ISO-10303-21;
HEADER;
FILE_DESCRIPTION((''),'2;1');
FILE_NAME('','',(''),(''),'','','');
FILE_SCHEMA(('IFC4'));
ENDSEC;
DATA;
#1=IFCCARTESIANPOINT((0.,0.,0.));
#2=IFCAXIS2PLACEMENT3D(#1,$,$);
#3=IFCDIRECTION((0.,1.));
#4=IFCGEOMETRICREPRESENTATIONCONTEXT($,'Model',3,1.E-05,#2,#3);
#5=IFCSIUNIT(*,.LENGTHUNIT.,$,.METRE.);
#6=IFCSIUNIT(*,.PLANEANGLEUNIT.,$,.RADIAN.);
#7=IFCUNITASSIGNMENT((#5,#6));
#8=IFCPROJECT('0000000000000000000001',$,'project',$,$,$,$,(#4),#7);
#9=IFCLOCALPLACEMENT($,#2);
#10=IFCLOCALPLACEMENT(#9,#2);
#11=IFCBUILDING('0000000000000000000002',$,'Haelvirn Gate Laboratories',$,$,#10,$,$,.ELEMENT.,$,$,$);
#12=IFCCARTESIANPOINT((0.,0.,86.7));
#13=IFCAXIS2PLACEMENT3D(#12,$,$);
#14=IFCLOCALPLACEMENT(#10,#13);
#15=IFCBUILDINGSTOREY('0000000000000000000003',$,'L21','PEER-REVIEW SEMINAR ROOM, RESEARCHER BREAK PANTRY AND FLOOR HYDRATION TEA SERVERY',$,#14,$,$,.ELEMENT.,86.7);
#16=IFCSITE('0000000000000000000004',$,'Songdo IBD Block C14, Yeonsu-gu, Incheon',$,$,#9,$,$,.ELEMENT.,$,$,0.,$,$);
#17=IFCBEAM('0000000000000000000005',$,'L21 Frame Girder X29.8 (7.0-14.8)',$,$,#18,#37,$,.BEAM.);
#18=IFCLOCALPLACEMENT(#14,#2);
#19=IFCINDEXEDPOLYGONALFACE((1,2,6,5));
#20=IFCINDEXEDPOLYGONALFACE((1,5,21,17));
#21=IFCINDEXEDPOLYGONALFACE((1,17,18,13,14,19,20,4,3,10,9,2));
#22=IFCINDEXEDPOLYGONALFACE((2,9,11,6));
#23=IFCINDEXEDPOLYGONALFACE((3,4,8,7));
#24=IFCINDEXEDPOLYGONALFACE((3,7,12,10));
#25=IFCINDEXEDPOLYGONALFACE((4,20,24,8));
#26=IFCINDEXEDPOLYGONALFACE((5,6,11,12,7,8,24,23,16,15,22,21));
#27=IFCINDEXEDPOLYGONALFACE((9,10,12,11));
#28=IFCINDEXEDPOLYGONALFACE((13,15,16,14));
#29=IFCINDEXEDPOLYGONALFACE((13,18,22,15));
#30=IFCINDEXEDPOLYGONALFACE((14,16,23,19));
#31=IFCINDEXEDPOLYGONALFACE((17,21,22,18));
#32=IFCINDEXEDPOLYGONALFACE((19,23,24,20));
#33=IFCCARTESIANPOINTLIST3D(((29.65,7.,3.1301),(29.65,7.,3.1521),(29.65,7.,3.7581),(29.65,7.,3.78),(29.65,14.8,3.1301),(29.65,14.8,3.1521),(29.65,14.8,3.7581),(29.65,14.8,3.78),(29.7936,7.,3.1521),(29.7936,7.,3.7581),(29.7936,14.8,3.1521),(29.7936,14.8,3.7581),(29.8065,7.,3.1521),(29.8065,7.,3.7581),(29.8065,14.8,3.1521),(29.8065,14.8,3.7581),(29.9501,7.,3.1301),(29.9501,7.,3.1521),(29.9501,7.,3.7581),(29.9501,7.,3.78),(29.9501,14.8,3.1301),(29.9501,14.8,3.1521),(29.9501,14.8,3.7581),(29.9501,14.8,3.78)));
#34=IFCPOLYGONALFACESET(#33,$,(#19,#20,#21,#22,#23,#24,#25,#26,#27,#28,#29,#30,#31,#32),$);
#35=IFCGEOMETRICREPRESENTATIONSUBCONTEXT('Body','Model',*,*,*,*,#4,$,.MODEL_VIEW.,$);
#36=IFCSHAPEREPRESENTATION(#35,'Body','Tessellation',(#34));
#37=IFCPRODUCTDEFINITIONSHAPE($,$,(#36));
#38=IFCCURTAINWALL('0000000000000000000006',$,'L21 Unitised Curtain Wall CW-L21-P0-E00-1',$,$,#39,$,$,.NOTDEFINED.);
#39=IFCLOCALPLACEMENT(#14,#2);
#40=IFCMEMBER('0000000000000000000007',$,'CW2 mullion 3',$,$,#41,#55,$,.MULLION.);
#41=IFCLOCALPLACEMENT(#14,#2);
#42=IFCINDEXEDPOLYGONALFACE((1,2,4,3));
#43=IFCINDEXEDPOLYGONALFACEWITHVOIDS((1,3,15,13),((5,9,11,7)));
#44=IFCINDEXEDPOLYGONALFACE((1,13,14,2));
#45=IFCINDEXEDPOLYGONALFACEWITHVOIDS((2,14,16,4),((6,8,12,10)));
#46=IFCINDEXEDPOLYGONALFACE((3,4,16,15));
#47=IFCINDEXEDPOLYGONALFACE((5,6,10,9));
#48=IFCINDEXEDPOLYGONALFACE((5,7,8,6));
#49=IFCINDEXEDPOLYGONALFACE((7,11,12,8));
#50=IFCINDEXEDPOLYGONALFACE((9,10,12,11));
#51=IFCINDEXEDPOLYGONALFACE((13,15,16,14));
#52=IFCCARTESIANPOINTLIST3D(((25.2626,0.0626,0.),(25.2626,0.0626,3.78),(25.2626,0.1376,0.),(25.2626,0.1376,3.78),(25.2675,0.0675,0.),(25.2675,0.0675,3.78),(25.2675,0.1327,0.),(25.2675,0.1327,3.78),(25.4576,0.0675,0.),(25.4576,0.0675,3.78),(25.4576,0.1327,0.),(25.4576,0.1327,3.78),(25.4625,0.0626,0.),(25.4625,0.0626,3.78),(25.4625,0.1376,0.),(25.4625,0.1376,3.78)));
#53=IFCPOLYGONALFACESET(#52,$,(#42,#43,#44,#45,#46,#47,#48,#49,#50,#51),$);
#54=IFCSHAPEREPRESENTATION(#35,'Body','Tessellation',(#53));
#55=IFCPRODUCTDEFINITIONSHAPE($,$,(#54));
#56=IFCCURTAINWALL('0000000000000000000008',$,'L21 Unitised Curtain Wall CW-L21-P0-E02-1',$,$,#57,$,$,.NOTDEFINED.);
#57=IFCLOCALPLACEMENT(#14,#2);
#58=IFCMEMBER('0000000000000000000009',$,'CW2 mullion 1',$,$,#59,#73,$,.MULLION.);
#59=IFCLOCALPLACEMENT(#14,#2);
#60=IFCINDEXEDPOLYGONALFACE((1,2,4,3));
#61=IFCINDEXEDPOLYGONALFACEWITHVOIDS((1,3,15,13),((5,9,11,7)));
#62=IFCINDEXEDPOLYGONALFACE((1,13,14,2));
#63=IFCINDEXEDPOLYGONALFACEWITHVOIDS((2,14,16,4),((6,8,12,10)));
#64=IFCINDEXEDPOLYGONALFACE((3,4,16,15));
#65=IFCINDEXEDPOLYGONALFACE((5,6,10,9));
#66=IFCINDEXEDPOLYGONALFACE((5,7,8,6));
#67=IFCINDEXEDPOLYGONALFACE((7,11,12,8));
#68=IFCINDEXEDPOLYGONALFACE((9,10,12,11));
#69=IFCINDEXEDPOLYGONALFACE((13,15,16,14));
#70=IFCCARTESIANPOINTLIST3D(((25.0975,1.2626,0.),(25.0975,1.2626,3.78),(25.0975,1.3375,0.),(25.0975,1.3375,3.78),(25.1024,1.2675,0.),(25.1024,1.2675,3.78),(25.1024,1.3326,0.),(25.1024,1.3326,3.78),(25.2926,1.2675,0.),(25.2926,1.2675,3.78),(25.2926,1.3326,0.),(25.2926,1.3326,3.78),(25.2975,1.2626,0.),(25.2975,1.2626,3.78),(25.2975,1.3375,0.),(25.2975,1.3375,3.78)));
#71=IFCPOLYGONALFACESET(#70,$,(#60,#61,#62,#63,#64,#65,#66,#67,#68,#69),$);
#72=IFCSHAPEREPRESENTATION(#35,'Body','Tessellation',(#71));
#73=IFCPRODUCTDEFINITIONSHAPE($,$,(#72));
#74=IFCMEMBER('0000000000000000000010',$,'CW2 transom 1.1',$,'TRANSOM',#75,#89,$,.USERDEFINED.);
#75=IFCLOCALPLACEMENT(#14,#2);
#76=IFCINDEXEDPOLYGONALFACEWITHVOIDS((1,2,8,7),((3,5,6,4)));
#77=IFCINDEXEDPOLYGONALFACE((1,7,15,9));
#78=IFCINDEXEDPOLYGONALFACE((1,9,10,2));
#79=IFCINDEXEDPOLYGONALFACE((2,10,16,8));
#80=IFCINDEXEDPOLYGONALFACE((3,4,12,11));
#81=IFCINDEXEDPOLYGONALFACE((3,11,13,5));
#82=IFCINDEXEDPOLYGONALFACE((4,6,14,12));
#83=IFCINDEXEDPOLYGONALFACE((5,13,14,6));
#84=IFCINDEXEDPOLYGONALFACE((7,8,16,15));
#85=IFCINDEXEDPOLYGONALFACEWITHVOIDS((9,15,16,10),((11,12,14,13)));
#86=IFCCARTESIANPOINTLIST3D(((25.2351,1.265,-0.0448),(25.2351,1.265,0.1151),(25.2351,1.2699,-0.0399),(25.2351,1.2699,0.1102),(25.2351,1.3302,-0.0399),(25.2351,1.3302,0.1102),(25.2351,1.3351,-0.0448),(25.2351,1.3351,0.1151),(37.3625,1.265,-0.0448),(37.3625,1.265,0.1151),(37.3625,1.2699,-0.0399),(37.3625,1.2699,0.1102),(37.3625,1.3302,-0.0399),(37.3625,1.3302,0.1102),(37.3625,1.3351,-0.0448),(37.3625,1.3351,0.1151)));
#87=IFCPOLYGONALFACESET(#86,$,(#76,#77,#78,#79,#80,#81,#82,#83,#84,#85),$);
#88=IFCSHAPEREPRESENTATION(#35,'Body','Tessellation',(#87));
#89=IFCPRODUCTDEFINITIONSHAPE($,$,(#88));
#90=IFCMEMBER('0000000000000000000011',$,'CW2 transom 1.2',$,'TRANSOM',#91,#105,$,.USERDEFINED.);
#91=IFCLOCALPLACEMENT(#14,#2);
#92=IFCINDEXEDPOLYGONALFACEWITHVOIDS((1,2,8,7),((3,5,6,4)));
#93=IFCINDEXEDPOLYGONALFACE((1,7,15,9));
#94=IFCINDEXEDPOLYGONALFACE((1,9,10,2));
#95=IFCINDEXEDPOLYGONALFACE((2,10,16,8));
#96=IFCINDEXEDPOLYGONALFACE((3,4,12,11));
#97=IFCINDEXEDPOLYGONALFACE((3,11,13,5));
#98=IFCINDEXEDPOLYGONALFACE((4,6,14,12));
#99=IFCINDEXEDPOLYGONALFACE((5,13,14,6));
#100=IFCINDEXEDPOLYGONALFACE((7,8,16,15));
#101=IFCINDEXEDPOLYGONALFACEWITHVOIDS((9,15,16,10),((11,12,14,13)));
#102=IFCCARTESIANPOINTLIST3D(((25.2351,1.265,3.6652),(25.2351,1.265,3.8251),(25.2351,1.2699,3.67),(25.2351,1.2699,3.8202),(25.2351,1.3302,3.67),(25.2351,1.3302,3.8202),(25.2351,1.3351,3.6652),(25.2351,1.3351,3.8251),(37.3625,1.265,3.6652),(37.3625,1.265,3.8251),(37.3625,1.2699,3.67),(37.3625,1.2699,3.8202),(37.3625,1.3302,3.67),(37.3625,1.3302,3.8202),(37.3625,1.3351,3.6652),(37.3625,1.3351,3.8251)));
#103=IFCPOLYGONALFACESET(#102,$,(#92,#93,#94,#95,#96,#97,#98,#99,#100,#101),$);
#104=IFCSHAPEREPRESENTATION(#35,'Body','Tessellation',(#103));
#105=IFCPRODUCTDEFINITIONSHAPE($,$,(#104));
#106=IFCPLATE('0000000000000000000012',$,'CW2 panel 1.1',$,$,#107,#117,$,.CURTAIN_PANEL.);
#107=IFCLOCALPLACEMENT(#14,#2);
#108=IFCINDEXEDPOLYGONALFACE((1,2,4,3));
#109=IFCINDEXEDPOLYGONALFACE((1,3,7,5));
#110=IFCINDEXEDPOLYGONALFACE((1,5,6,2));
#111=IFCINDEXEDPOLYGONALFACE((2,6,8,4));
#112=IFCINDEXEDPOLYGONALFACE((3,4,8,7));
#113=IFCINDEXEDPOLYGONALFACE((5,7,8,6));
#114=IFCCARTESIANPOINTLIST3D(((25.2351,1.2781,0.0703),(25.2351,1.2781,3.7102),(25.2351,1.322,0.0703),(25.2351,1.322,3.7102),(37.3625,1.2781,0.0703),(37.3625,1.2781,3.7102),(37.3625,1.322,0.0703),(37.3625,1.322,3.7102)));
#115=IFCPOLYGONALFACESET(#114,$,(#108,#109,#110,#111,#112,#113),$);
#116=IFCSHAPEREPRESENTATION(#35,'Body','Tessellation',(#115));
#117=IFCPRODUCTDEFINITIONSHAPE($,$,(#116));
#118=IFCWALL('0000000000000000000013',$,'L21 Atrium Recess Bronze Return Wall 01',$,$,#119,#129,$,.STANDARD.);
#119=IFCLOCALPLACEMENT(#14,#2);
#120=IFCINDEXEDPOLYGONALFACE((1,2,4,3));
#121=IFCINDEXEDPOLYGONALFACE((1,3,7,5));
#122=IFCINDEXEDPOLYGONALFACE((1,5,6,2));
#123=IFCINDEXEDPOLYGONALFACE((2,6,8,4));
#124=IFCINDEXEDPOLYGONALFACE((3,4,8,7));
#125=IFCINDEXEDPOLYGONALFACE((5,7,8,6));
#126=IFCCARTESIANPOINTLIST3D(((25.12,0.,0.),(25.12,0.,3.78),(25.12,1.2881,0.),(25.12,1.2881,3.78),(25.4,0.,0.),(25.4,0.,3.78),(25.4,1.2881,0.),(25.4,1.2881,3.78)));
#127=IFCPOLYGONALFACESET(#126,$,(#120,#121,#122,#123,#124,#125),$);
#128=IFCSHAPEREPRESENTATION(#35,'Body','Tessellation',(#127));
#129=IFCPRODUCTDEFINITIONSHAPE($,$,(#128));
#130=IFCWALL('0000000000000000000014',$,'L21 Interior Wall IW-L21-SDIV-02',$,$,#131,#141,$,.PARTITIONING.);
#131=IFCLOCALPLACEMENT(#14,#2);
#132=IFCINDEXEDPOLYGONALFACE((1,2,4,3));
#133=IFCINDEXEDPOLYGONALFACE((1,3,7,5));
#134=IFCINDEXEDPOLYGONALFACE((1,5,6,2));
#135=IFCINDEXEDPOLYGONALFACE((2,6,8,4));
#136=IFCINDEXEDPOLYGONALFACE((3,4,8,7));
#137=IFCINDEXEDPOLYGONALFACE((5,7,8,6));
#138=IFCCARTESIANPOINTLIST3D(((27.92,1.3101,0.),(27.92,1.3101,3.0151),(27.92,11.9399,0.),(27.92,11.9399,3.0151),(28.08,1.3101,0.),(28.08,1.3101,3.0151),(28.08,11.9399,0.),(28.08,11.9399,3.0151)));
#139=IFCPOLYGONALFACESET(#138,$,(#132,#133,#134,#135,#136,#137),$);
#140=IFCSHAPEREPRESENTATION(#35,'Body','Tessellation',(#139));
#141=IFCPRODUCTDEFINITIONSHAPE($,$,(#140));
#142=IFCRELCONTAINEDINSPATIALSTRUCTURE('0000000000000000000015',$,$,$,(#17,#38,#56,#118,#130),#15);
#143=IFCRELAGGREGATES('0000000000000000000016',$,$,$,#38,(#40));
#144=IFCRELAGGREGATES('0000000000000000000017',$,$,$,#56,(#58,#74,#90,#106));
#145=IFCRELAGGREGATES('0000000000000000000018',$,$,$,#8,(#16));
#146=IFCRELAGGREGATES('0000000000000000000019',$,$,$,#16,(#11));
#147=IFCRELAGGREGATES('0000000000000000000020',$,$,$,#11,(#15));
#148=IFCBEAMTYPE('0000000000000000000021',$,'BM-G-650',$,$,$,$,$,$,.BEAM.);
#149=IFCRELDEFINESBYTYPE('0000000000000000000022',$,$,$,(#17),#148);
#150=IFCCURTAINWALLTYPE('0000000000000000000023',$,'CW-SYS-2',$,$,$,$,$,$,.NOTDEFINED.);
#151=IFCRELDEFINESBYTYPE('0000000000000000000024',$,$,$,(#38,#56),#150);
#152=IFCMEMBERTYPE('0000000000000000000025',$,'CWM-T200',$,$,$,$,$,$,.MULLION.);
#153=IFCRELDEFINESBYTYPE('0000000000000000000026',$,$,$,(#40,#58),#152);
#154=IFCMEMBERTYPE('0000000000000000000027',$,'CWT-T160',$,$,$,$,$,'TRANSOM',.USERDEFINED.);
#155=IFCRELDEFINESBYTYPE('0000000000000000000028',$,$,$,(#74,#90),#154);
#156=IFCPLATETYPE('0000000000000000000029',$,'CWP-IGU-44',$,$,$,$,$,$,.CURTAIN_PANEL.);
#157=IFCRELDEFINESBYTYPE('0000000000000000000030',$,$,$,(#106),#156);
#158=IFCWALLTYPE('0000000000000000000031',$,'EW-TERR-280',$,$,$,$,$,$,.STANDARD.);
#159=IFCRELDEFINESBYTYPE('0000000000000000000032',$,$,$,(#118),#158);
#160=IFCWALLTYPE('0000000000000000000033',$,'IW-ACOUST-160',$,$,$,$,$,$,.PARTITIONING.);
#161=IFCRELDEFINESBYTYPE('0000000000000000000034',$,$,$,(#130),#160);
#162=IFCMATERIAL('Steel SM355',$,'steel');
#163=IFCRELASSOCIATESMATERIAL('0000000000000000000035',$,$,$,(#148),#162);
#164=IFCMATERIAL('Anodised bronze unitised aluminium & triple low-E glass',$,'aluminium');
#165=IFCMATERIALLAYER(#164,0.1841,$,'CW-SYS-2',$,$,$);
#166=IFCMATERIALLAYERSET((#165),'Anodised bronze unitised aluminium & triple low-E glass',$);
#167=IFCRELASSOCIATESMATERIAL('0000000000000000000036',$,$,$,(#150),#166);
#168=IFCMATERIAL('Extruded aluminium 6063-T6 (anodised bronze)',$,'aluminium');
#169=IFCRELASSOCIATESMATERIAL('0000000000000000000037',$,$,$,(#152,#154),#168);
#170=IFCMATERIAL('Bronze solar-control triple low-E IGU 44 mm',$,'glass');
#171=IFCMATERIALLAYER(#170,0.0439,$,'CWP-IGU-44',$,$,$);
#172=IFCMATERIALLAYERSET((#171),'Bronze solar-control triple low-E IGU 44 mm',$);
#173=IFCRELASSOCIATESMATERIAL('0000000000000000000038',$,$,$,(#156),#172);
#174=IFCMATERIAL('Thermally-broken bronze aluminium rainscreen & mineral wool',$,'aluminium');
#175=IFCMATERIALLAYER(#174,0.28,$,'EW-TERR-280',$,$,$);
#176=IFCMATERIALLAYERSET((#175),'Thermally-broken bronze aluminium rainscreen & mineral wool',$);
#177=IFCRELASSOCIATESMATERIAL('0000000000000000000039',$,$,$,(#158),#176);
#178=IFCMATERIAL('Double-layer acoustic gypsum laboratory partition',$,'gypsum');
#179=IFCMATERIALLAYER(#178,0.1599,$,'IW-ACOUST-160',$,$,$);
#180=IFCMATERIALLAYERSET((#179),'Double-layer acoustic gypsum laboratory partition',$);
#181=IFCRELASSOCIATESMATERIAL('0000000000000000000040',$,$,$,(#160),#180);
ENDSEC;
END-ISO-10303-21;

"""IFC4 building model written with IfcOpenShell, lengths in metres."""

from ifc_helpers import new_model, si_unit, direction, frame, frame_2d, origin, origin_2d, place, context, subcontext, project, spatial, rectangle, hollow_rectangle, i_section, extrude, source, transform, mapped, material, layer, layer_set, material_profile, profile_set, type_object, type_shapes, element, aggregate, save


model = new_model("IFC4")

# Units and contexts
model_context = context("Model", 3, precision=1e-05, world=origin(), true_north=direction((0.0, 1.0)))
body_context = subcontext(model_context, "Body", "Model", "MODEL_VIEW")
ifc_project = project(units=[si_unit("LENGTHUNIT", "METRE"), si_unit("PLANEANGLEUNIT", "RADIAN")], contexts=[model_context])

# Site, building, storey
site_placement = place(None, origin())
site = spatial("IfcSite", under=ifc_project, at=site_placement, Name="Songdo IBD Block C14, Yeonsu-gu, Incheon", CompositionType="ELEMENT", RefElevation=0.0)
building_placement = place(site_placement, origin())
building = spatial("IfcBuilding", under=site, at=building_placement, Name="Haelvirn Gate Laboratories", CompositionType="ELEMENT")
storey_placement = place(building_placement, frame((0.0, 0.0, 86.7)))
storey = spatial("IfcBuildingStorey", under=building, at=storey_placement, Name="L21", Description="PEER-REVIEW SEMINAR ROOM, RESEARCHER BREAK PANTRY AND FLOOR HYDRATION TEA SERVERY", CompositionType="ELEMENT", Elevation=86.7)

# Beam
ifc_material_1 = material(Name="Steel SM355", Category="steel")
ifc_material_profile_1 = material_profile(ifc_material_1, i_section(OverallWidth=0.3, OverallDepth=0.6499, WebThickness=0.0129, FlangeThickness=0.022, at=origin_2d()), Name="H-650x300x13x22")
ifc_profile_set_1 = profile_set([ifc_material_profile_1], Name="Steel SM355")
beam_type_1 = type_object("IfcBeamType", Name="BM-G-650", PredefinedType="BEAM", material=ifc_profile_set_1)
shared_shape_1 = source(origin(), body_context, "Body", "SweptSolid", [
    extrude(i_section(OverallWidth=0.3, OverallDepth=0.6499, WebThickness=0.0129, FlangeThickness=0.022, at=origin_2d()), origin(), (0.0, 0.0, 1.0), 7.8),
])
type_shapes(beam_type_1, [shared_shape_1])
beam_placement = place(storey_placement, frame((29.8, 7.0, 3.4551), z_axis=(0.0, 1.0, 0.0), x_axis=(-1.0, 0.0, 0.0)))
element("IfcBeam", 1, at=beam_placement, inside=storey, type_object=beam_type_1, Name="L21 Frame Girder X29.8 (7.0-14.8)", PredefinedType="BEAM", context=body_context, shape_type="MappedRepresentation", body=[
    mapped(shared_shape_1, transform((0.0, 0.0, 0.0), scale=1.0)),
])

# Curtain wall, member
ifc_material_2 = material(Name="Anodised bronze unitised aluminium & triple low-E glass", Category="aluminium")
ifc_layer_1 = layer(ifc_material_2, 0.1841, Name="CW-SYS-2")
ifc_layer_set_1 = layer_set([ifc_layer_1], Name="Anodised bronze unitised aluminium & triple low-E glass")
curtain_wall_type = type_object("IfcCurtainWallType", Name="CW-SYS-2", PredefinedType="NOTDEFINED", material=ifc_layer_set_1)
curtain_wall_1_placement = place(storey_placement, origin())
curtain_wall_1 = element("IfcCurtainWall", 2, at=curtain_wall_1_placement, inside=storey, type_object=curtain_wall_type, Name="L21 Unitised Curtain Wall CW-L21-P0-E00-1", PredefinedType="NOTDEFINED")
ifc_material_3 = material(Name="Extruded aluminium 6063-T6 (anodised bronze)", Category="aluminium")
ifc_material_profile_2 = material_profile(ifc_material_3, hollow_rectangle(XDim=0.075, YDim=0.2, WallThickness=0.0049, at=origin_2d()), Name="CWM-200x75x5")
ifc_profile_set_2 = profile_set([ifc_material_profile_2], Name="Extruded aluminium 6063-T6 (anodised bronze)")
member_type_1 = type_object("IfcMemberType", Name="CWM-T200", PredefinedType="MULLION", material=ifc_profile_set_2)
shared_shape_2 = source(origin(), body_context, "Body", "SweptSolid", [
    extrude(hollow_rectangle(XDim=0.075, YDim=0.2, WallThickness=0.0049, at=origin_2d()), origin(), (0.0, 0.0, 1.0), 3.78),
])
type_shapes(member_type_1, [shared_shape_2])
member_1_placement = place(storey_placement, frame((25.3625, 0.1001, 0.0), z_axis=(0.0, 0.0, 1.0), x_axis=(0.0, 1.0, 0.0)))
member_1 = element("IfcMember", 3, at=member_1_placement, type_object=member_type_1, Name="CW2 mullion 3", PredefinedType="MULLION", context=body_context, shape_type="MappedRepresentation", body=[
    mapped(shared_shape_2, transform((0.0, 0.0, 0.0), scale=1.0)),
])
aggregate(curtain_wall_1, [member_1])

# Curtain wall, members, plate
curtain_wall_2_placement = place(storey_placement, origin())
curtain_wall_2 = element("IfcCurtainWall", 4, at=curtain_wall_2_placement, inside=storey, type_object=curtain_wall_type, Name="L21 Unitised Curtain Wall CW-L21-P0-E02-1", PredefinedType="NOTDEFINED")
member_2_placement = place(storey_placement, frame((25.1975, 1.3, 0.0), z_axis=(0.0, 0.0, 1.0), x_axis=(0.0, 1.0, 0.0)))
member_2 = element("IfcMember", 5, at=member_2_placement, type_object=member_type_1, Name="CW2 mullion 1", PredefinedType="MULLION", context=body_context, shape_type="MappedRepresentation", body=[
    mapped(shared_shape_2, transform((0.0, 0.0, 0.0), scale=1.0)),
])
ifc_material_profile_3 = material_profile(ifc_material_3, hollow_rectangle(XDim=0.0701, YDim=0.1599, WallThickness=0.0049, at=origin_2d()), Name="CWT-160x70x5")
ifc_profile_set_3 = profile_set([ifc_material_profile_3], Name="Extruded aluminium 6063-T6 (anodised bronze)")
member_type_2 = type_object("IfcMemberType", Name="CWT-T160", ElementType="TRANSOM", PredefinedType="USERDEFINED", material=ifc_profile_set_3)
shared_shape_3 = source(origin(), body_context, "Body", "SweptSolid", [
    extrude(hollow_rectangle(XDim=0.0701, YDim=0.1599, WallThickness=0.0049, at=origin_2d()), origin(), (0.0, 0.0, 1.0), 12.1274),
])
type_shapes(member_type_2, [shared_shape_3])
member_3_placement = place(storey_placement, frame((25.2351, 1.3, 0.0352), z_axis=(1.0, 0.0, 0.0), x_axis=(0.0, 1.0, 0.0)))
member_3 = element("IfcMember", 6, at=member_3_placement, type_object=member_type_2, Name="CW2 transom 1.1", ObjectType="TRANSOM", PredefinedType="USERDEFINED", context=body_context, shape_type="MappedRepresentation", body=[
    mapped(shared_shape_3, transform((0.0, 0.0, 0.0), scale=1.0)),
])
member_4_placement = place(storey_placement, frame((25.2351, 1.3, 3.7451), z_axis=(1.0, 0.0, 0.0), x_axis=(0.0, 1.0, 0.0)))
member_4 = element("IfcMember", 7, at=member_4_placement, type_object=member_type_2, Name="CW2 transom 1.2", ObjectType="TRANSOM", PredefinedType="USERDEFINED", context=body_context, shape_type="MappedRepresentation", body=[
    mapped(shared_shape_3, transform((0.0, 0.0, 0.0), scale=1.0)),
])
ifc_material_4 = material(Name="Bronze solar-control triple low-E IGU 44 mm", Category="glass")
ifc_layer_2 = layer(ifc_material_4, 0.0439, Name="CWP-IGU-44")
ifc_layer_set_2 = layer_set([ifc_layer_2], Name="Bronze solar-control triple low-E IGU 44 mm")
plate_type = type_object("IfcPlateType", Name="CWP-IGU-44", PredefinedType="CURTAIN_PANEL", material=ifc_layer_set_2)
shared_shape_4 = source(origin(), body_context, "Body", "SweptSolid", [
    extrude(rectangle(XDim=12.1274, YDim=0.0439, at=origin_2d()), origin(), (0.0, 0.0, 1.0), 3.6399),
])
type_shapes(plate_type, [shared_shape_4])
plate_placement = place(storey_placement, frame((31.2988, 1.3, 0.0703), z_axis=(0.0, 0.0, 1.0), x_axis=(1.0, 0.0, 0.0)))
plate = element("IfcPlate", 8, at=plate_placement, type_object=plate_type, Name="CW2 panel 1.1", PredefinedType="CURTAIN_PANEL", context=body_context, shape_type="MappedRepresentation", body=[
    mapped(shared_shape_4, transform((0.0, 0.0, 0.0), scale=1.0)),
])
aggregate(curtain_wall_2, [member_2, member_3, member_4, plate])

# Walls
ifc_material_5 = material(Name="Thermally-broken bronze aluminium rainscreen & mineral wool", Category="aluminium")
ifc_layer_3 = layer(ifc_material_5, 0.28, Name="EW-TERR-280")
ifc_layer_set_3 = layer_set([ifc_layer_3], Name="Thermally-broken bronze aluminium rainscreen & mineral wool")
wall_type_1 = type_object("IfcWallType", Name="EW-TERR-280", PredefinedType="STANDARD", material=ifc_layer_set_3)
wall_1_placement = place(storey_placement, frame((25.26, 0.0, 0.0), z_axis=(0.0, 0.0, 1.0), x_axis=(0.0, 1.0, 0.0)))
element("IfcWall", 9, at=wall_1_placement, inside=storey, type_object=wall_type_1, Name="L21 Atrium Recess Bronze Return Wall 01", PredefinedType="STANDARD", context=body_context, shape_type="SweptSolid", body=[
    extrude(rectangle(XDim=1.2881, YDim=0.28, at=frame_2d((0.644, 0.0))), origin(), (0.0, 0.0, 1.0), 3.78),
])
ifc_material_6 = material(Name="Double-layer acoustic gypsum laboratory partition", Category="gypsum")
ifc_layer_4 = layer(ifc_material_6, 0.1599, Name="IW-ACOUST-160")
ifc_layer_set_4 = layer_set([ifc_layer_4], Name="Double-layer acoustic gypsum laboratory partition")
wall_type_2 = type_object("IfcWallType", Name="IW-ACOUST-160", PredefinedType="PARTITIONING", material=ifc_layer_set_4)
wall_2_placement = place(storey_placement, frame((28.0, 1.3101, 0.0), z_axis=(0.0, 0.0, 1.0), x_axis=(0.0, 1.0, 0.0)))
element("IfcWall", 10, at=wall_2_placement, inside=storey, type_object=wall_type_2, Name="L21 Interior Wall IW-L21-SDIV-02", PredefinedType="PARTITIONING", context=body_context, shape_type="SweptSolid", body=[
    extrude(rectangle(XDim=10.6299, YDim=0.1599, at=frame_2d((5.3149, 0.0))), origin(), (0.0, 0.0, 1.0), 3.0151),
])

save(model, "model.ifc")
